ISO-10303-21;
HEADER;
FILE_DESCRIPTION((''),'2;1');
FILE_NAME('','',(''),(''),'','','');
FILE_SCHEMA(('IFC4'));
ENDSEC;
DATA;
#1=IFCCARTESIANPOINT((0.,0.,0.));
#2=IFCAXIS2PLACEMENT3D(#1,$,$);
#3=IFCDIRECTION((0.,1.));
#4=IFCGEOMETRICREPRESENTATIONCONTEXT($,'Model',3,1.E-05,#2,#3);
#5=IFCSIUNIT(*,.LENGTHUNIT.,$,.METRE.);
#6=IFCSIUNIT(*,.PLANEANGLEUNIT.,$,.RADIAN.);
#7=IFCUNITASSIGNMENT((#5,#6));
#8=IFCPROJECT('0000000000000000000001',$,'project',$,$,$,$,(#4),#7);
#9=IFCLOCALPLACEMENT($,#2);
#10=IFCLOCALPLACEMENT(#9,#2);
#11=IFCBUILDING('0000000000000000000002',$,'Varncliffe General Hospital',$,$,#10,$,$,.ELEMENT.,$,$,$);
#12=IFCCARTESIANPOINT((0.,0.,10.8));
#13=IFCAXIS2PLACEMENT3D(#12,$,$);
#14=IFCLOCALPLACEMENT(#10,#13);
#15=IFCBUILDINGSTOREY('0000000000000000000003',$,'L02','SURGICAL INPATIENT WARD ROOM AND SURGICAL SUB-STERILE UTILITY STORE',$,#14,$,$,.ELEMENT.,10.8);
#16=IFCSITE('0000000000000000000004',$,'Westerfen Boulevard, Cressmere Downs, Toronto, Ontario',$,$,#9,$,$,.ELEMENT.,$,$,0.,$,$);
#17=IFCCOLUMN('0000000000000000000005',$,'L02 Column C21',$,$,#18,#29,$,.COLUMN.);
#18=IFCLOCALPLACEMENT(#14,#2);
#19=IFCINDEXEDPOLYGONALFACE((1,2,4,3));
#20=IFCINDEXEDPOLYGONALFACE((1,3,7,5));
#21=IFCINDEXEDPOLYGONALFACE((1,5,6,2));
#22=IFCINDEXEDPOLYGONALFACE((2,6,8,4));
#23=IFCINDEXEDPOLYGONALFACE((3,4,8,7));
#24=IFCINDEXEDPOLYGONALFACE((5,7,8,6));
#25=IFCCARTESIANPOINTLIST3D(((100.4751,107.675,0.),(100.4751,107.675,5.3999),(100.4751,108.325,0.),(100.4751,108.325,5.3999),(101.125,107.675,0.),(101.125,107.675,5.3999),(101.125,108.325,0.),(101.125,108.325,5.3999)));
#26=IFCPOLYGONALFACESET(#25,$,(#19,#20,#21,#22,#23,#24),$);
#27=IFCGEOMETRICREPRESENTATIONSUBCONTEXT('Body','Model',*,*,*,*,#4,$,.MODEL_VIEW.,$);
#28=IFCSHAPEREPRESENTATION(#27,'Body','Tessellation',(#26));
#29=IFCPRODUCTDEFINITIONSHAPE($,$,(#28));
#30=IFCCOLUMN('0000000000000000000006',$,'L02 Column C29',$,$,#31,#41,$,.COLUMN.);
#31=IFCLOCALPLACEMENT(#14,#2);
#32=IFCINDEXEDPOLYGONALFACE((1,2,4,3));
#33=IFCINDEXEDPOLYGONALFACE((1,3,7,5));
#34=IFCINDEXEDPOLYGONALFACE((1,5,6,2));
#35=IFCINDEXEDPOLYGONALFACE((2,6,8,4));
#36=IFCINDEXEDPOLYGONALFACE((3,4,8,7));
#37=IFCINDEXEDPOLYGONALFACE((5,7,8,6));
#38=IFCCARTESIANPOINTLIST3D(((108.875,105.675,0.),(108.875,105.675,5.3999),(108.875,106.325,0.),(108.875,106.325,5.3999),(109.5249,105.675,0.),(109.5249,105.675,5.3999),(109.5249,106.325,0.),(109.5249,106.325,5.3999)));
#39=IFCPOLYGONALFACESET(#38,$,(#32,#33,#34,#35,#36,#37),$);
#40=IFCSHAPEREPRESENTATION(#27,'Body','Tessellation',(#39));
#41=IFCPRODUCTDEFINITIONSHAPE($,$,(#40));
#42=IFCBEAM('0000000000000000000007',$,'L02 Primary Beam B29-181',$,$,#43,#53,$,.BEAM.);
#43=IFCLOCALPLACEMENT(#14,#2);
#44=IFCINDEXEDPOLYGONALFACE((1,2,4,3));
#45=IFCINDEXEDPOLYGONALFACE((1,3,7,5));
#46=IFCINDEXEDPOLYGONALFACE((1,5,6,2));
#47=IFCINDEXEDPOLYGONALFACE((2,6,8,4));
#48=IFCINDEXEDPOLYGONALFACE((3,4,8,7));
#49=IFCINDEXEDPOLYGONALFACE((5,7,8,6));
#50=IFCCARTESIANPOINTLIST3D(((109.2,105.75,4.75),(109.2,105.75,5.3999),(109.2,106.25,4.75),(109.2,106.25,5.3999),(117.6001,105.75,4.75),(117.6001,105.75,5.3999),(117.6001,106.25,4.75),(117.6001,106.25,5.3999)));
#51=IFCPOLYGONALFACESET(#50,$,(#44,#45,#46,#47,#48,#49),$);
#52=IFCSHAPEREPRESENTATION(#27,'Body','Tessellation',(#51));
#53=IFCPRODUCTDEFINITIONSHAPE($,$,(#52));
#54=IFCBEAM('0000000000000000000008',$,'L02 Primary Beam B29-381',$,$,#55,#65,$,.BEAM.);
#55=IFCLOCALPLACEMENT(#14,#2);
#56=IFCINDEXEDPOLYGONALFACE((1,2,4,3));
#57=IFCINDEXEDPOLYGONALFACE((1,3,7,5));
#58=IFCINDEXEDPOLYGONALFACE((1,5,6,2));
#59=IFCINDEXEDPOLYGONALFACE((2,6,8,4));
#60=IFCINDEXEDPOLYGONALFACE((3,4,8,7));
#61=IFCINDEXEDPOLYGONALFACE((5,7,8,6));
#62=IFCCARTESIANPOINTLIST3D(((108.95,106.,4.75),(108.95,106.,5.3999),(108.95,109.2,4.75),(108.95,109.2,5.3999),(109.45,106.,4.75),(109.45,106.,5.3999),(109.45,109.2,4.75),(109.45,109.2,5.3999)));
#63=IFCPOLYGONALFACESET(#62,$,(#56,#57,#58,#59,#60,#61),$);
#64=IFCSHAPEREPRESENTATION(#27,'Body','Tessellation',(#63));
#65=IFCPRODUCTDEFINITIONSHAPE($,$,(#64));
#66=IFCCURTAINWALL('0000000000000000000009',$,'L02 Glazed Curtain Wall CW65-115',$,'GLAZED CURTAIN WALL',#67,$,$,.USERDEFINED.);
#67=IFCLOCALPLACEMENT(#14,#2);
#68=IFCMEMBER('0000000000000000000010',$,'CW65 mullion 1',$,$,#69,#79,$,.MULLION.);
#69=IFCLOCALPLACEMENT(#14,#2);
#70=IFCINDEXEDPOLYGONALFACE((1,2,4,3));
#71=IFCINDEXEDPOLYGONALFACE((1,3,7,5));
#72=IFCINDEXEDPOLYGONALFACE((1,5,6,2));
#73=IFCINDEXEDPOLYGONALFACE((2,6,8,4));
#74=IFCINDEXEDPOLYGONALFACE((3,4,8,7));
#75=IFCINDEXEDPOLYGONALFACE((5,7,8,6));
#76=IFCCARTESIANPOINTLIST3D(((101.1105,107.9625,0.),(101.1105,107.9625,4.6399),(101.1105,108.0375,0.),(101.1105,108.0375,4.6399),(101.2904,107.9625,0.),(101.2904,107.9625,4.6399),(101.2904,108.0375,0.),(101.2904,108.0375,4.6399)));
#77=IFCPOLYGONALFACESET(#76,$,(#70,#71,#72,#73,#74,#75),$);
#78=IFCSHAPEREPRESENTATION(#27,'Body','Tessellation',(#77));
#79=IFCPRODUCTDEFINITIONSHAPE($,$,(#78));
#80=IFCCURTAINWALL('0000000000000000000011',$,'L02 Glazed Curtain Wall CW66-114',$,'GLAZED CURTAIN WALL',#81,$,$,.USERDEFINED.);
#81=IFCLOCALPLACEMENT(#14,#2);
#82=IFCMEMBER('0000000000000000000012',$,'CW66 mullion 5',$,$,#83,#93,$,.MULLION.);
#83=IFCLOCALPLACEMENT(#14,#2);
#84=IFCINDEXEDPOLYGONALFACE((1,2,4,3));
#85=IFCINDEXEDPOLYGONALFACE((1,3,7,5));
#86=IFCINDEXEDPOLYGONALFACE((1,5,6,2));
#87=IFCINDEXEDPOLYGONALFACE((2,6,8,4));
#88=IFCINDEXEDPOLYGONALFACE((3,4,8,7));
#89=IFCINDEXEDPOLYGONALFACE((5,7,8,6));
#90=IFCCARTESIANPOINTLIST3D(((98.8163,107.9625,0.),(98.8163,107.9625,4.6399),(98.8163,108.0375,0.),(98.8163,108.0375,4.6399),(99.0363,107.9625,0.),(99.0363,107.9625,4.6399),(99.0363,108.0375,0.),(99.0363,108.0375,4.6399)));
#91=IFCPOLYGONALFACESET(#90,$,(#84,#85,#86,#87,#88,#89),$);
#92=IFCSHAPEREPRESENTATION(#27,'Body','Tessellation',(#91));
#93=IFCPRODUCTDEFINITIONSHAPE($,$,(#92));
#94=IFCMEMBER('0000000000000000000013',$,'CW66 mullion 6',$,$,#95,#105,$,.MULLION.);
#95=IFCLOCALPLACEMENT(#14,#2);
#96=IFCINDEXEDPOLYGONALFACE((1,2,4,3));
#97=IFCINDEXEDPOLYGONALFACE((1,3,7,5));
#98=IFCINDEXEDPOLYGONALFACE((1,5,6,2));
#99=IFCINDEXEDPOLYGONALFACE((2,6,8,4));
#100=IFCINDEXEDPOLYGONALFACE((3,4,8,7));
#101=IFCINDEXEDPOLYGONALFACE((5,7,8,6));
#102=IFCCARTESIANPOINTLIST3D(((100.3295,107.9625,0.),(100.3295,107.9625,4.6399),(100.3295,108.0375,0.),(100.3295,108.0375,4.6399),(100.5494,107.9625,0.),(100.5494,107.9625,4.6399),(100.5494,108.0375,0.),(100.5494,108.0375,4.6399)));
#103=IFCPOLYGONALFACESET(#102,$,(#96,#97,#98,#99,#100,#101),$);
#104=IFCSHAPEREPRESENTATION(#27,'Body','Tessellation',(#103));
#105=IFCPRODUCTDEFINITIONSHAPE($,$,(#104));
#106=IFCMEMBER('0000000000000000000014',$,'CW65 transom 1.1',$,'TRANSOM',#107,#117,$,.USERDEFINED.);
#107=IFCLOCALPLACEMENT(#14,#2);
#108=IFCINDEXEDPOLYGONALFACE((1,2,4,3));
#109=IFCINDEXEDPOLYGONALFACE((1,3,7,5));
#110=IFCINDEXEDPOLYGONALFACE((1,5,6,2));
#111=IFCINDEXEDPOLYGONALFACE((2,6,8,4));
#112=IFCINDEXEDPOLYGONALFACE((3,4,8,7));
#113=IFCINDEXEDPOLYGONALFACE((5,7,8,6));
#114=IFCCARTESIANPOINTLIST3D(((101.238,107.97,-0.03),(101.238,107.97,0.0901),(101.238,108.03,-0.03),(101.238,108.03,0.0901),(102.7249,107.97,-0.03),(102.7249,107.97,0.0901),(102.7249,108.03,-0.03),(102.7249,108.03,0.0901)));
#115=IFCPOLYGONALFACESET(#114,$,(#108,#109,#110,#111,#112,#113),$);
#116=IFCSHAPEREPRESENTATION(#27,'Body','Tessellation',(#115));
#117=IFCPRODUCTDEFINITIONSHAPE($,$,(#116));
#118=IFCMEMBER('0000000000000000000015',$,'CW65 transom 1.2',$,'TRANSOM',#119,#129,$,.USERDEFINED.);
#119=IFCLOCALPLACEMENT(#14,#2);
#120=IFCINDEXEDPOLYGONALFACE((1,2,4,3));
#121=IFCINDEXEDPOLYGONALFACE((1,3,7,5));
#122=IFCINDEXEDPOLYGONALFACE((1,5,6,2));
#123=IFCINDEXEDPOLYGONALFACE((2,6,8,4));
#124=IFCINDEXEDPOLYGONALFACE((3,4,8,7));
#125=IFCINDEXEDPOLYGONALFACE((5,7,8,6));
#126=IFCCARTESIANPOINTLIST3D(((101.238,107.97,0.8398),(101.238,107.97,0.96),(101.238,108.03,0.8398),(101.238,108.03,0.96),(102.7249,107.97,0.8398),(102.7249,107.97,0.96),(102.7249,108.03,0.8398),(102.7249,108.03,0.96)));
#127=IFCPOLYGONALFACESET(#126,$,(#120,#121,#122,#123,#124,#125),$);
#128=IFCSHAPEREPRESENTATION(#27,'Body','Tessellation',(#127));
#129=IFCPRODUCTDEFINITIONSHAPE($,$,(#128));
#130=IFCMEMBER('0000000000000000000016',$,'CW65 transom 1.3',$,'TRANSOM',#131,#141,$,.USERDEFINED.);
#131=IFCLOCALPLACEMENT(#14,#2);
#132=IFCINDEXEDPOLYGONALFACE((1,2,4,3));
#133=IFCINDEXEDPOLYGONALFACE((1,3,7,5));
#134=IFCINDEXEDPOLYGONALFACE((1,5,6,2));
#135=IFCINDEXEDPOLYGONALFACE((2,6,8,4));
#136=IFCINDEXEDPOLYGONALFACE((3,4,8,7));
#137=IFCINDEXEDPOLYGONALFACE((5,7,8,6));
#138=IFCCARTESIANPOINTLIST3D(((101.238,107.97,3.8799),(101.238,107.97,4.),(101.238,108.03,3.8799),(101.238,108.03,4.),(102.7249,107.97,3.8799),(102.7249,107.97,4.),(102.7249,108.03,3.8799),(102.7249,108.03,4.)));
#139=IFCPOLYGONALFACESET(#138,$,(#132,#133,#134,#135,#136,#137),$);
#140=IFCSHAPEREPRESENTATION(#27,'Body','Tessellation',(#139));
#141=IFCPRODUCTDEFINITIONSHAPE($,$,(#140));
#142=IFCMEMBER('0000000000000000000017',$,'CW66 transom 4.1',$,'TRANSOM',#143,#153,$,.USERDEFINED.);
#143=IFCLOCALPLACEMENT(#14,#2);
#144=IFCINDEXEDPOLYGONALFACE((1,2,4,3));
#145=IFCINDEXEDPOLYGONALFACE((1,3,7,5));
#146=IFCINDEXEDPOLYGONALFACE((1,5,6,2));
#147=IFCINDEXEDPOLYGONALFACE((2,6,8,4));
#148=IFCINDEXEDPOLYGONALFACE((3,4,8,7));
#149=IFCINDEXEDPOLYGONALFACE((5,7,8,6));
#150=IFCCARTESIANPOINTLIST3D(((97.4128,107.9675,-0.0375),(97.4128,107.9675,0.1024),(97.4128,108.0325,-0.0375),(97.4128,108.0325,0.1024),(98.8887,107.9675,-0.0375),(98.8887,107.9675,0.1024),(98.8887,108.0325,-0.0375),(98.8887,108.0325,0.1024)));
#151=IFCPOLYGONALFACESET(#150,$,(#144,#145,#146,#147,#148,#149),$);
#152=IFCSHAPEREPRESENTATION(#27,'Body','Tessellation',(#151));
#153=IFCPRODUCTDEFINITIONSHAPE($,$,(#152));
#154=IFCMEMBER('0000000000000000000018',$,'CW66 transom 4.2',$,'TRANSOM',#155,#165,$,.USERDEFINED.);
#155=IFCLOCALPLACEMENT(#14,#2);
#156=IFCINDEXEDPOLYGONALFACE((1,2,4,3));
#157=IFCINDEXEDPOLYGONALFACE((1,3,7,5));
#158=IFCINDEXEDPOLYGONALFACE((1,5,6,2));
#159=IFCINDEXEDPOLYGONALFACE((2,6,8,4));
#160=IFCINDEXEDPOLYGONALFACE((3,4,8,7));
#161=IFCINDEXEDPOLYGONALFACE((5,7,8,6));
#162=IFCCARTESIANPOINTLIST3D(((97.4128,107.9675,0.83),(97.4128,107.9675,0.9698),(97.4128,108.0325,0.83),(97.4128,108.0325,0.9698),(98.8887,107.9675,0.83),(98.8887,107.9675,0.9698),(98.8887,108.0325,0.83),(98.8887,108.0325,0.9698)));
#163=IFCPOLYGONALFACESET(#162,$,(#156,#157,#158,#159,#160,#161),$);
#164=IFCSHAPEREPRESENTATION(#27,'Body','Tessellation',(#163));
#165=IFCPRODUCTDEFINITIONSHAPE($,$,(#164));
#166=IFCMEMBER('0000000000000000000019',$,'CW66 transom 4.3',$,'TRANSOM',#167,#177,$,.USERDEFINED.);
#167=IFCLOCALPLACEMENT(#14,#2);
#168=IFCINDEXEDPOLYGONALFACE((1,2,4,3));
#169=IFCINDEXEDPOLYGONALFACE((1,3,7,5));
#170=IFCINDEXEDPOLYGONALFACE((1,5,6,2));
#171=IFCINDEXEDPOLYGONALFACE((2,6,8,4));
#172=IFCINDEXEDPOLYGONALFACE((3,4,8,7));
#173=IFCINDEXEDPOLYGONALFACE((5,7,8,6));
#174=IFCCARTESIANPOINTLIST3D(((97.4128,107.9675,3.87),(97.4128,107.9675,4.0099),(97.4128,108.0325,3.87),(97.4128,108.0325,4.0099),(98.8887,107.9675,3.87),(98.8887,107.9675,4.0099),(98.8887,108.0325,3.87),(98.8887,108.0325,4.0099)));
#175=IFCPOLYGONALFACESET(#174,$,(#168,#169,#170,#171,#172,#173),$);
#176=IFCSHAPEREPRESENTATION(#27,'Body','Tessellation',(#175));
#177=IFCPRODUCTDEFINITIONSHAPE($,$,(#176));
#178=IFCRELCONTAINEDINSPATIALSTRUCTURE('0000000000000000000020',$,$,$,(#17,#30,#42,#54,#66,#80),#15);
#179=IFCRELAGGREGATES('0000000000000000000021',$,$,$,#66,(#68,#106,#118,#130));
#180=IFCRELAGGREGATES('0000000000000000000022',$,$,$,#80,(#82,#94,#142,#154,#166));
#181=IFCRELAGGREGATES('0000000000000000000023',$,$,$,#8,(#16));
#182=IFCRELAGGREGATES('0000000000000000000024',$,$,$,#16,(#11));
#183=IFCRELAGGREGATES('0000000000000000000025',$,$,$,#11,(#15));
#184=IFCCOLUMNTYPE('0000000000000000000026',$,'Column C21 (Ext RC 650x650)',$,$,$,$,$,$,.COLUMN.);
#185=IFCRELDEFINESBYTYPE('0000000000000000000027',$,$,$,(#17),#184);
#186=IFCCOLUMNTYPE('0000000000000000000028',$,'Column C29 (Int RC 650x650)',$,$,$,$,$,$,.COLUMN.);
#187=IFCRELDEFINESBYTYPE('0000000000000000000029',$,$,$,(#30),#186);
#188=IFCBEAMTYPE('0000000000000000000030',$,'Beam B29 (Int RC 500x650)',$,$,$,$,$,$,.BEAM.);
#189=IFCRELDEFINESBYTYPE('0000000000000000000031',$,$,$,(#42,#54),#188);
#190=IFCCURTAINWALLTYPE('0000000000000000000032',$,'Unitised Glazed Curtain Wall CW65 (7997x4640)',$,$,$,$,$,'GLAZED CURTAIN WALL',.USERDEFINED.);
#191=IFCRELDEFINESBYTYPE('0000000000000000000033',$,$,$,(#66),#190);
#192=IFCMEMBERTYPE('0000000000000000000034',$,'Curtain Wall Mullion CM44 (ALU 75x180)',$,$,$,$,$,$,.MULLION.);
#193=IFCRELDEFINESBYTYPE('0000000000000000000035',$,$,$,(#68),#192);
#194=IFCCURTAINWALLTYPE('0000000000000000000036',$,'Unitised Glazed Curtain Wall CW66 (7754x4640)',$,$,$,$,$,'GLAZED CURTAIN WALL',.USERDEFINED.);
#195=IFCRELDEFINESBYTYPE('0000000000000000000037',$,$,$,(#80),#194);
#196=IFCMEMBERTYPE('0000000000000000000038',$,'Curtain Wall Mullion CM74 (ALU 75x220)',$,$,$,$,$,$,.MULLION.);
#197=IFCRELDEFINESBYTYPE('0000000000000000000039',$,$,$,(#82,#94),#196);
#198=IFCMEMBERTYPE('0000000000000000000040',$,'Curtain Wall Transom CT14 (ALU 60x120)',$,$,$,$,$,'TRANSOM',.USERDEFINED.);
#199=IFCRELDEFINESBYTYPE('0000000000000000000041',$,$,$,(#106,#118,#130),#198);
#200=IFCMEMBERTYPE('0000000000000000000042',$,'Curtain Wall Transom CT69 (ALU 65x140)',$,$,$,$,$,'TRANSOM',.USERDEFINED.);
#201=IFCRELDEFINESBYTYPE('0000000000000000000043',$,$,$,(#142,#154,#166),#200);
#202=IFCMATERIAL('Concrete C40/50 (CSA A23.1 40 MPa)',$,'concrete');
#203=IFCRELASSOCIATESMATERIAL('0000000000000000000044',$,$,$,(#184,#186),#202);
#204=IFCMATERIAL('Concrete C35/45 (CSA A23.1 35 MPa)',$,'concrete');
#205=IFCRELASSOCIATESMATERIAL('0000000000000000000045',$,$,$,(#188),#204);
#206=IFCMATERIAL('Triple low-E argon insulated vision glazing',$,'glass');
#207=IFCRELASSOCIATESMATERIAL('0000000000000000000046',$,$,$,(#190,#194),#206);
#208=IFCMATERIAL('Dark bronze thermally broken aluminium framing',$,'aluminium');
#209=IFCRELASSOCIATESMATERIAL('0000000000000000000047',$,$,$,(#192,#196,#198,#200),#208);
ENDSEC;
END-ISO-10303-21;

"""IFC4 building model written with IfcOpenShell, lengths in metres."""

from ifc_helpers import new_model, si_unit, direction, frame, origin, origin_2d, place, context, subcontext, project, spatial, rectangle, extrude, material, material_profile, profile_set, type_object, element, aggregate, save


model = new_model("IFC4")

# Units and contexts
model_context = context("Model", 3, precision=1e-05, world=origin(), true_north=direction((0.0, 1.0)))
body_context = subcontext(model_context, "Body", "Model", "MODEL_VIEW")
ifc_project = project(units=[si_unit("LENGTHUNIT", "METRE"), si_unit("PLANEANGLEUNIT", "RADIAN")], contexts=[model_context])

# Site, building, storey
site_placement = place(None, origin())
site = spatial("IfcSite", under=ifc_project, at=site_placement, Name="Westerfen Boulevard, Cressmere Downs, Toronto, Ontario", CompositionType="ELEMENT", RefElevation=0.0)
building_placement = place(site_placement, origin())
building = spatial("IfcBuilding", under=site, at=building_placement, Name="Varncliffe General Hospital", CompositionType="ELEMENT")
storey_placement = place(building_placement, frame((0.0, 0.0, 10.8)))
storey = spatial("IfcBuildingStorey", under=building, at=storey_placement, Name="L02", Description="SURGICAL INPATIENT WARD ROOM AND SURGICAL SUB-STERILE UTILITY STORE", CompositionType="ELEMENT", Elevation=10.8)

# Columns
ifc_material_1 = material(Name="Concrete C40/50 (CSA A23.1 40 MPa)", Category="concrete")
ifc_material_profile_1 = material_profile(ifc_material_1, rectangle(XDim=0.6499, YDim=0.6499, at=origin_2d()), Name="RC 650x650")
ifc_profile_set_1 = profile_set([ifc_material_profile_1], Name="Concrete C40/50 (CSA A23.1 40 MPa)")
column_type_1 = type_object("IfcColumnType", Name="Column C21 (Ext RC 650x650)", PredefinedType="COLUMN", material=ifc_profile_set_1)
column_1_placement = place(storey_placement, frame((100.8, 108.0, 0.0), z_axis=(0.0, 0.0, 1.0), x_axis=(1.0, 0.0, 0.0)))
element("IfcColumn", 1, at=column_1_placement, inside=storey, type_object=column_type_1, Name="L02 Column C21", PredefinedType="COLUMN", context=body_context, shape_type="SweptSolid", body=[
    extrude(rectangle(XDim=0.6499, YDim=0.6499, at=origin_2d()), origin(), (0.0, 0.0, 1.0), 5.3999),
])
ifc_material_profile_2 = material_profile(ifc_material_1, rectangle(XDim=0.6499, YDim=0.6499, at=origin_2d()), Name="RC 650x650")
ifc_profile_set_2 = profile_set([ifc_material_profile_2], Name="Concrete C40/50 (CSA A23.1 40 MPa)")
column_type_2 = type_object("IfcColumnType", Name="Column C29 (Int RC 650x650)", PredefinedType="COLUMN", material=ifc_profile_set_2)
column_2_placement = place(storey_placement, frame((109.2, 106.0, 0.0), z_axis=(0.0, 0.0, 1.0), x_axis=(1.0, 0.0, 0.0)))
element("IfcColumn", 2, at=column_2_placement, inside=storey, type_object=column_type_2, Name="L02 Column C29", PredefinedType="COLUMN", context=body_context, shape_type="SweptSolid", body=[
    extrude(rectangle(XDim=0.6499, YDim=0.6499, at=origin_2d()), origin(), (0.0, 0.0, 1.0), 5.3999),
])

# Beams
ifc_material_2 = material(Name="Concrete C35/45 (CSA A23.1 35 MPa)", Category="concrete")
ifc_material_profile_3 = material_profile(ifc_material_2, rectangle(XDim=0.5, YDim=0.6499, at=origin_2d()), Name="RC 500x650")
ifc_profile_set_3 = profile_set([ifc_material_profile_3], Name="Concrete C35/45 (CSA A23.1 35 MPa)")
beam_type = type_object("IfcBeamType", Name="Beam B29 (Int RC 500x650)", PredefinedType="BEAM", material=ifc_profile_set_3)
beam_1_placement = place(storey_placement, frame((109.2, 106.0, 5.075), z_axis=(1.0, 0.0, 0.0), x_axis=(0.0, 1.0, 0.0)))
element("IfcBeam", 3, at=beam_1_placement, inside=storey, type_object=beam_type, Name="L02 Primary Beam B29-181", PredefinedType="BEAM", context=body_context, shape_type="SweptSolid", body=[
    extrude(rectangle(XDim=0.5, YDim=0.6499, at=origin_2d()), origin(), (0.0, 0.0, 1.0), 8.4001),
])
beam_2_placement = place(storey_placement, frame((109.2, 106.0, 5.075), z_axis=(0.0, 1.0, 0.0), x_axis=(-1.0, 0.0, 0.0)))
element("IfcBeam", 4, at=beam_2_placement, inside=storey, type_object=beam_type, Name="L02 Primary Beam B29-381", PredefinedType="BEAM", context=body_context, shape_type="SweptSolid", body=[
    extrude(rectangle(XDim=0.5, YDim=0.6499, at=origin_2d()), origin(), (0.0, 0.0, 1.0), 3.2),
])

# Curtain wall, member
ifc_material_3 = material(Name="Triple low-E argon insulated vision glazing", Category="glass")
curtain_wall_type_1 = type_object("IfcCurtainWallType", Name="Unitised Glazed Curtain Wall CW65 (7997x4640)", ElementType="GLAZED CURTAIN WALL", PredefinedType="USERDEFINED", material=ifc_material_3)
curtain_wall_1_placement = place(storey_placement, origin())
curtain_wall_1 = element("IfcCurtainWall", 5, at=curtain_wall_1_placement, inside=storey, type_object=curtain_wall_type_1, Name="L02 Glazed Curtain Wall CW65-115", ObjectType="GLAZED CURTAIN WALL", PredefinedType="USERDEFINED")
ifc_material_4 = material(Name="Dark bronze thermally broken aluminium framing", Category="aluminium")
ifc_material_profile_4 = material_profile(ifc_material_4, rectangle(XDim=0.075, YDim=0.1799, at=origin_2d()), Name="ALU 75x180")
ifc_profile_set_4 = profile_set([ifc_material_profile_4], Name="Dark bronze thermally broken aluminium framing")
member_type_1 = type_object("IfcMemberType", Name="Curtain Wall Mullion CM44 (ALU 75x180)", PredefinedType="MULLION", material=ifc_profile_set_4)
member_1_placement = place(storey_placement, frame((101.2004, 108.0, 0.0), z_axis=(0.0, 0.0, 1.0), x_axis=(0.0, 1.0, 0.0)))
member_1 = element("IfcMember", 6, at=member_1_placement, type_object=member_type_1, Name="CW65 mullion 1", PredefinedType="MULLION", context=body_context, shape_type="SweptSolid", body=[
    extrude(rectangle(XDim=0.075, YDim=0.1799, at=origin_2d()), origin(), (0.0, 0.0, 1.0), 4.6399),
])

# Curtain wall, members
curtain_wall_type_2 = type_object("IfcCurtainWallType", Name="Unitised Glazed Curtain Wall CW66 (7754x4640)", ElementType="GLAZED CURTAIN WALL", PredefinedType="USERDEFINED", material=ifc_material_3)
curtain_wall_2_placement = place(storey_placement, origin())
curtain_wall_2 = element("IfcCurtainWall", 7, at=curtain_wall_2_placement, inside=storey, type_object=curtain_wall_type_2, Name="L02 Glazed Curtain Wall CW66-114", ObjectType="GLAZED CURTAIN WALL", PredefinedType="USERDEFINED")
ifc_material_profile_5 = material_profile(ifc_material_4, rectangle(XDim=0.075, YDim=0.22, at=origin_2d()), Name="ALU 75x220")
ifc_profile_set_5 = profile_set([ifc_material_profile_5], Name="Dark bronze thermally broken aluminium framing")
member_type_2 = type_object("IfcMemberType", Name="Curtain Wall Mullion CM74 (ALU 75x220)", PredefinedType="MULLION", material=ifc_profile_set_5)
member_2_placement = place(storey_placement, frame((98.9263, 108.0, 0.0), z_axis=(0.0, 0.0, 1.0), x_axis=(0.0, 1.0, 0.0)))
member_2 = element("IfcMember", 8, at=member_2_placement, type_object=member_type_2, Name="CW66 mullion 5", PredefinedType="MULLION", context=body_context, shape_type="SweptSolid", body=[
    extrude(rectangle(XDim=0.075, YDim=0.22, at=origin_2d()), origin(), (0.0, 0.0, 1.0), 4.6399),
])
member_3_placement = place(storey_placement, frame((100.4395, 108.0, 0.0), z_axis=(0.0, 0.0, 1.0), x_axis=(0.0, 1.0, 0.0)))
member_3 = element("IfcMember", 9, at=member_3_placement, type_object=member_type_2, Name="CW66 mullion 6", PredefinedType="MULLION", context=body_context, shape_type="SweptSolid", body=[
    extrude(rectangle(XDim=0.075, YDim=0.22, at=origin_2d()), origin(), (0.0, 0.0, 1.0), 4.6399),
])

# Members
ifc_material_profile_6 = material_profile(ifc_material_4, rectangle(XDim=0.0601, YDim=0.1201, at=origin_2d()), Name="ALU 60x120")
ifc_profile_set_6 = profile_set([ifc_material_profile_6], Name="Dark bronze thermally broken aluminium framing")
member_type_3 = type_object("IfcMemberType", Name="Curtain Wall Transom CT14 (ALU 60x120)", ElementType="TRANSOM", PredefinedType="USERDEFINED", material=ifc_profile_set_6)
member_4_placement = place(storey_placement, frame((101.238, 108.0, 0.03), z_axis=(1.0, 0.0, 0.0), x_axis=(0.0, 1.0, 0.0)))
member_4 = element("IfcMember", 10, at=member_4_placement, type_object=member_type_3, Name="CW65 transom 1.1", ObjectType="TRANSOM", PredefinedType="USERDEFINED", context=body_context, shape_type="SweptSolid", body=[
    extrude(rectangle(XDim=0.0601, YDim=0.1201, at=origin_2d()), origin(), (0.0, 0.0, 1.0), 1.4868),
])
member_5_placement = place(storey_placement, frame((101.238, 108.0, 0.8999), z_axis=(1.0, 0.0, 0.0), x_axis=(0.0, 1.0, 0.0)))
member_5 = element("IfcMember", 11, at=member_5_placement, type_object=member_type_3, Name="CW65 transom 1.2", ObjectType="TRANSOM", PredefinedType="USERDEFINED", context=body_context, shape_type="SweptSolid", body=[
    extrude(rectangle(XDim=0.0601, YDim=0.1201, at=origin_2d()), origin(), (0.0, 0.0, 1.0), 1.4868),
])
member_6_placement = place(storey_placement, frame((101.238, 108.0, 3.9399), z_axis=(1.0, 0.0, 0.0), x_axis=(0.0, 1.0, 0.0)))
member_6 = element("IfcMember", 12, at=member_6_placement, type_object=member_type_3, Name="CW65 transom 1.3", ObjectType="TRANSOM", PredefinedType="USERDEFINED", context=body_context, shape_type="SweptSolid", body=[
    extrude(rectangle(XDim=0.0601, YDim=0.1201, at=origin_2d()), origin(), (0.0, 0.0, 1.0), 1.4868),
])
aggregate(curtain_wall_1, [member_1, member_4, member_5, member_6])
ifc_material_profile_7 = material_profile(ifc_material_4, rectangle(XDim=0.0649, YDim=0.1399, at=origin_2d()), Name="ALU 65x140")
ifc_profile_set_7 = profile_set([ifc_material_profile_7], Name="Dark bronze thermally broken aluminium framing")
member_type_4 = type_object("IfcMemberType", Name="Curtain Wall Transom CT69 (ALU 65x140)", ElementType="TRANSOM", PredefinedType="USERDEFINED", material=ifc_profile_set_7)
member_7_placement = place(storey_placement, frame((97.4128, 108.0, 0.0325), z_axis=(1.0, 0.0, 0.0), x_axis=(0.0, 1.0, 0.0)))
member_7 = element("IfcMember", 13, at=member_7_placement, type_object=member_type_4, Name="CW66 transom 4.1", ObjectType="TRANSOM", PredefinedType="USERDEFINED", context=body_context, shape_type="SweptSolid", body=[
    extrude(rectangle(XDim=0.0649, YDim=0.1399, at=origin_2d()), origin(), (0.0, 0.0, 1.0), 1.4758),
])
member_8_placement = place(storey_placement, frame((97.4128, 108.0, 0.8999), z_axis=(1.0, 0.0, 0.0), x_axis=(0.0, 1.0, 0.0)))
member_8 = element("IfcMember", 14, at=member_8_placement, type_object=member_type_4, Name="CW66 transom 4.2", ObjectType="TRANSOM", PredefinedType="USERDEFINED", context=body_context, shape_type="SweptSolid", body=[
    extrude(rectangle(XDim=0.0649, YDim=0.1399, at=origin_2d()), origin(), (0.0, 0.0, 1.0), 1.4758),
])
member_9_placement = place(storey_placement, frame((97.4128, 108.0, 3.9399), z_axis=(1.0, 0.0, 0.0), x_axis=(0.0, 1.0, 0.0)))
member_9 = element("IfcMember", 15, at=member_9_placement, type_object=member_type_4, Name="CW66 transom 4.3", ObjectType="TRANSOM", PredefinedType="USERDEFINED", context=body_context, shape_type="SweptSolid", body=[
    extrude(rectangle(XDim=0.0649, YDim=0.1399, at=origin_2d()), origin(), (0.0, 0.0, 1.0), 1.4758),
])

aggregate(curtain_wall_2, [member_2, member_3, member_7, member_8, member_9])

save(model, "model.ifc")
